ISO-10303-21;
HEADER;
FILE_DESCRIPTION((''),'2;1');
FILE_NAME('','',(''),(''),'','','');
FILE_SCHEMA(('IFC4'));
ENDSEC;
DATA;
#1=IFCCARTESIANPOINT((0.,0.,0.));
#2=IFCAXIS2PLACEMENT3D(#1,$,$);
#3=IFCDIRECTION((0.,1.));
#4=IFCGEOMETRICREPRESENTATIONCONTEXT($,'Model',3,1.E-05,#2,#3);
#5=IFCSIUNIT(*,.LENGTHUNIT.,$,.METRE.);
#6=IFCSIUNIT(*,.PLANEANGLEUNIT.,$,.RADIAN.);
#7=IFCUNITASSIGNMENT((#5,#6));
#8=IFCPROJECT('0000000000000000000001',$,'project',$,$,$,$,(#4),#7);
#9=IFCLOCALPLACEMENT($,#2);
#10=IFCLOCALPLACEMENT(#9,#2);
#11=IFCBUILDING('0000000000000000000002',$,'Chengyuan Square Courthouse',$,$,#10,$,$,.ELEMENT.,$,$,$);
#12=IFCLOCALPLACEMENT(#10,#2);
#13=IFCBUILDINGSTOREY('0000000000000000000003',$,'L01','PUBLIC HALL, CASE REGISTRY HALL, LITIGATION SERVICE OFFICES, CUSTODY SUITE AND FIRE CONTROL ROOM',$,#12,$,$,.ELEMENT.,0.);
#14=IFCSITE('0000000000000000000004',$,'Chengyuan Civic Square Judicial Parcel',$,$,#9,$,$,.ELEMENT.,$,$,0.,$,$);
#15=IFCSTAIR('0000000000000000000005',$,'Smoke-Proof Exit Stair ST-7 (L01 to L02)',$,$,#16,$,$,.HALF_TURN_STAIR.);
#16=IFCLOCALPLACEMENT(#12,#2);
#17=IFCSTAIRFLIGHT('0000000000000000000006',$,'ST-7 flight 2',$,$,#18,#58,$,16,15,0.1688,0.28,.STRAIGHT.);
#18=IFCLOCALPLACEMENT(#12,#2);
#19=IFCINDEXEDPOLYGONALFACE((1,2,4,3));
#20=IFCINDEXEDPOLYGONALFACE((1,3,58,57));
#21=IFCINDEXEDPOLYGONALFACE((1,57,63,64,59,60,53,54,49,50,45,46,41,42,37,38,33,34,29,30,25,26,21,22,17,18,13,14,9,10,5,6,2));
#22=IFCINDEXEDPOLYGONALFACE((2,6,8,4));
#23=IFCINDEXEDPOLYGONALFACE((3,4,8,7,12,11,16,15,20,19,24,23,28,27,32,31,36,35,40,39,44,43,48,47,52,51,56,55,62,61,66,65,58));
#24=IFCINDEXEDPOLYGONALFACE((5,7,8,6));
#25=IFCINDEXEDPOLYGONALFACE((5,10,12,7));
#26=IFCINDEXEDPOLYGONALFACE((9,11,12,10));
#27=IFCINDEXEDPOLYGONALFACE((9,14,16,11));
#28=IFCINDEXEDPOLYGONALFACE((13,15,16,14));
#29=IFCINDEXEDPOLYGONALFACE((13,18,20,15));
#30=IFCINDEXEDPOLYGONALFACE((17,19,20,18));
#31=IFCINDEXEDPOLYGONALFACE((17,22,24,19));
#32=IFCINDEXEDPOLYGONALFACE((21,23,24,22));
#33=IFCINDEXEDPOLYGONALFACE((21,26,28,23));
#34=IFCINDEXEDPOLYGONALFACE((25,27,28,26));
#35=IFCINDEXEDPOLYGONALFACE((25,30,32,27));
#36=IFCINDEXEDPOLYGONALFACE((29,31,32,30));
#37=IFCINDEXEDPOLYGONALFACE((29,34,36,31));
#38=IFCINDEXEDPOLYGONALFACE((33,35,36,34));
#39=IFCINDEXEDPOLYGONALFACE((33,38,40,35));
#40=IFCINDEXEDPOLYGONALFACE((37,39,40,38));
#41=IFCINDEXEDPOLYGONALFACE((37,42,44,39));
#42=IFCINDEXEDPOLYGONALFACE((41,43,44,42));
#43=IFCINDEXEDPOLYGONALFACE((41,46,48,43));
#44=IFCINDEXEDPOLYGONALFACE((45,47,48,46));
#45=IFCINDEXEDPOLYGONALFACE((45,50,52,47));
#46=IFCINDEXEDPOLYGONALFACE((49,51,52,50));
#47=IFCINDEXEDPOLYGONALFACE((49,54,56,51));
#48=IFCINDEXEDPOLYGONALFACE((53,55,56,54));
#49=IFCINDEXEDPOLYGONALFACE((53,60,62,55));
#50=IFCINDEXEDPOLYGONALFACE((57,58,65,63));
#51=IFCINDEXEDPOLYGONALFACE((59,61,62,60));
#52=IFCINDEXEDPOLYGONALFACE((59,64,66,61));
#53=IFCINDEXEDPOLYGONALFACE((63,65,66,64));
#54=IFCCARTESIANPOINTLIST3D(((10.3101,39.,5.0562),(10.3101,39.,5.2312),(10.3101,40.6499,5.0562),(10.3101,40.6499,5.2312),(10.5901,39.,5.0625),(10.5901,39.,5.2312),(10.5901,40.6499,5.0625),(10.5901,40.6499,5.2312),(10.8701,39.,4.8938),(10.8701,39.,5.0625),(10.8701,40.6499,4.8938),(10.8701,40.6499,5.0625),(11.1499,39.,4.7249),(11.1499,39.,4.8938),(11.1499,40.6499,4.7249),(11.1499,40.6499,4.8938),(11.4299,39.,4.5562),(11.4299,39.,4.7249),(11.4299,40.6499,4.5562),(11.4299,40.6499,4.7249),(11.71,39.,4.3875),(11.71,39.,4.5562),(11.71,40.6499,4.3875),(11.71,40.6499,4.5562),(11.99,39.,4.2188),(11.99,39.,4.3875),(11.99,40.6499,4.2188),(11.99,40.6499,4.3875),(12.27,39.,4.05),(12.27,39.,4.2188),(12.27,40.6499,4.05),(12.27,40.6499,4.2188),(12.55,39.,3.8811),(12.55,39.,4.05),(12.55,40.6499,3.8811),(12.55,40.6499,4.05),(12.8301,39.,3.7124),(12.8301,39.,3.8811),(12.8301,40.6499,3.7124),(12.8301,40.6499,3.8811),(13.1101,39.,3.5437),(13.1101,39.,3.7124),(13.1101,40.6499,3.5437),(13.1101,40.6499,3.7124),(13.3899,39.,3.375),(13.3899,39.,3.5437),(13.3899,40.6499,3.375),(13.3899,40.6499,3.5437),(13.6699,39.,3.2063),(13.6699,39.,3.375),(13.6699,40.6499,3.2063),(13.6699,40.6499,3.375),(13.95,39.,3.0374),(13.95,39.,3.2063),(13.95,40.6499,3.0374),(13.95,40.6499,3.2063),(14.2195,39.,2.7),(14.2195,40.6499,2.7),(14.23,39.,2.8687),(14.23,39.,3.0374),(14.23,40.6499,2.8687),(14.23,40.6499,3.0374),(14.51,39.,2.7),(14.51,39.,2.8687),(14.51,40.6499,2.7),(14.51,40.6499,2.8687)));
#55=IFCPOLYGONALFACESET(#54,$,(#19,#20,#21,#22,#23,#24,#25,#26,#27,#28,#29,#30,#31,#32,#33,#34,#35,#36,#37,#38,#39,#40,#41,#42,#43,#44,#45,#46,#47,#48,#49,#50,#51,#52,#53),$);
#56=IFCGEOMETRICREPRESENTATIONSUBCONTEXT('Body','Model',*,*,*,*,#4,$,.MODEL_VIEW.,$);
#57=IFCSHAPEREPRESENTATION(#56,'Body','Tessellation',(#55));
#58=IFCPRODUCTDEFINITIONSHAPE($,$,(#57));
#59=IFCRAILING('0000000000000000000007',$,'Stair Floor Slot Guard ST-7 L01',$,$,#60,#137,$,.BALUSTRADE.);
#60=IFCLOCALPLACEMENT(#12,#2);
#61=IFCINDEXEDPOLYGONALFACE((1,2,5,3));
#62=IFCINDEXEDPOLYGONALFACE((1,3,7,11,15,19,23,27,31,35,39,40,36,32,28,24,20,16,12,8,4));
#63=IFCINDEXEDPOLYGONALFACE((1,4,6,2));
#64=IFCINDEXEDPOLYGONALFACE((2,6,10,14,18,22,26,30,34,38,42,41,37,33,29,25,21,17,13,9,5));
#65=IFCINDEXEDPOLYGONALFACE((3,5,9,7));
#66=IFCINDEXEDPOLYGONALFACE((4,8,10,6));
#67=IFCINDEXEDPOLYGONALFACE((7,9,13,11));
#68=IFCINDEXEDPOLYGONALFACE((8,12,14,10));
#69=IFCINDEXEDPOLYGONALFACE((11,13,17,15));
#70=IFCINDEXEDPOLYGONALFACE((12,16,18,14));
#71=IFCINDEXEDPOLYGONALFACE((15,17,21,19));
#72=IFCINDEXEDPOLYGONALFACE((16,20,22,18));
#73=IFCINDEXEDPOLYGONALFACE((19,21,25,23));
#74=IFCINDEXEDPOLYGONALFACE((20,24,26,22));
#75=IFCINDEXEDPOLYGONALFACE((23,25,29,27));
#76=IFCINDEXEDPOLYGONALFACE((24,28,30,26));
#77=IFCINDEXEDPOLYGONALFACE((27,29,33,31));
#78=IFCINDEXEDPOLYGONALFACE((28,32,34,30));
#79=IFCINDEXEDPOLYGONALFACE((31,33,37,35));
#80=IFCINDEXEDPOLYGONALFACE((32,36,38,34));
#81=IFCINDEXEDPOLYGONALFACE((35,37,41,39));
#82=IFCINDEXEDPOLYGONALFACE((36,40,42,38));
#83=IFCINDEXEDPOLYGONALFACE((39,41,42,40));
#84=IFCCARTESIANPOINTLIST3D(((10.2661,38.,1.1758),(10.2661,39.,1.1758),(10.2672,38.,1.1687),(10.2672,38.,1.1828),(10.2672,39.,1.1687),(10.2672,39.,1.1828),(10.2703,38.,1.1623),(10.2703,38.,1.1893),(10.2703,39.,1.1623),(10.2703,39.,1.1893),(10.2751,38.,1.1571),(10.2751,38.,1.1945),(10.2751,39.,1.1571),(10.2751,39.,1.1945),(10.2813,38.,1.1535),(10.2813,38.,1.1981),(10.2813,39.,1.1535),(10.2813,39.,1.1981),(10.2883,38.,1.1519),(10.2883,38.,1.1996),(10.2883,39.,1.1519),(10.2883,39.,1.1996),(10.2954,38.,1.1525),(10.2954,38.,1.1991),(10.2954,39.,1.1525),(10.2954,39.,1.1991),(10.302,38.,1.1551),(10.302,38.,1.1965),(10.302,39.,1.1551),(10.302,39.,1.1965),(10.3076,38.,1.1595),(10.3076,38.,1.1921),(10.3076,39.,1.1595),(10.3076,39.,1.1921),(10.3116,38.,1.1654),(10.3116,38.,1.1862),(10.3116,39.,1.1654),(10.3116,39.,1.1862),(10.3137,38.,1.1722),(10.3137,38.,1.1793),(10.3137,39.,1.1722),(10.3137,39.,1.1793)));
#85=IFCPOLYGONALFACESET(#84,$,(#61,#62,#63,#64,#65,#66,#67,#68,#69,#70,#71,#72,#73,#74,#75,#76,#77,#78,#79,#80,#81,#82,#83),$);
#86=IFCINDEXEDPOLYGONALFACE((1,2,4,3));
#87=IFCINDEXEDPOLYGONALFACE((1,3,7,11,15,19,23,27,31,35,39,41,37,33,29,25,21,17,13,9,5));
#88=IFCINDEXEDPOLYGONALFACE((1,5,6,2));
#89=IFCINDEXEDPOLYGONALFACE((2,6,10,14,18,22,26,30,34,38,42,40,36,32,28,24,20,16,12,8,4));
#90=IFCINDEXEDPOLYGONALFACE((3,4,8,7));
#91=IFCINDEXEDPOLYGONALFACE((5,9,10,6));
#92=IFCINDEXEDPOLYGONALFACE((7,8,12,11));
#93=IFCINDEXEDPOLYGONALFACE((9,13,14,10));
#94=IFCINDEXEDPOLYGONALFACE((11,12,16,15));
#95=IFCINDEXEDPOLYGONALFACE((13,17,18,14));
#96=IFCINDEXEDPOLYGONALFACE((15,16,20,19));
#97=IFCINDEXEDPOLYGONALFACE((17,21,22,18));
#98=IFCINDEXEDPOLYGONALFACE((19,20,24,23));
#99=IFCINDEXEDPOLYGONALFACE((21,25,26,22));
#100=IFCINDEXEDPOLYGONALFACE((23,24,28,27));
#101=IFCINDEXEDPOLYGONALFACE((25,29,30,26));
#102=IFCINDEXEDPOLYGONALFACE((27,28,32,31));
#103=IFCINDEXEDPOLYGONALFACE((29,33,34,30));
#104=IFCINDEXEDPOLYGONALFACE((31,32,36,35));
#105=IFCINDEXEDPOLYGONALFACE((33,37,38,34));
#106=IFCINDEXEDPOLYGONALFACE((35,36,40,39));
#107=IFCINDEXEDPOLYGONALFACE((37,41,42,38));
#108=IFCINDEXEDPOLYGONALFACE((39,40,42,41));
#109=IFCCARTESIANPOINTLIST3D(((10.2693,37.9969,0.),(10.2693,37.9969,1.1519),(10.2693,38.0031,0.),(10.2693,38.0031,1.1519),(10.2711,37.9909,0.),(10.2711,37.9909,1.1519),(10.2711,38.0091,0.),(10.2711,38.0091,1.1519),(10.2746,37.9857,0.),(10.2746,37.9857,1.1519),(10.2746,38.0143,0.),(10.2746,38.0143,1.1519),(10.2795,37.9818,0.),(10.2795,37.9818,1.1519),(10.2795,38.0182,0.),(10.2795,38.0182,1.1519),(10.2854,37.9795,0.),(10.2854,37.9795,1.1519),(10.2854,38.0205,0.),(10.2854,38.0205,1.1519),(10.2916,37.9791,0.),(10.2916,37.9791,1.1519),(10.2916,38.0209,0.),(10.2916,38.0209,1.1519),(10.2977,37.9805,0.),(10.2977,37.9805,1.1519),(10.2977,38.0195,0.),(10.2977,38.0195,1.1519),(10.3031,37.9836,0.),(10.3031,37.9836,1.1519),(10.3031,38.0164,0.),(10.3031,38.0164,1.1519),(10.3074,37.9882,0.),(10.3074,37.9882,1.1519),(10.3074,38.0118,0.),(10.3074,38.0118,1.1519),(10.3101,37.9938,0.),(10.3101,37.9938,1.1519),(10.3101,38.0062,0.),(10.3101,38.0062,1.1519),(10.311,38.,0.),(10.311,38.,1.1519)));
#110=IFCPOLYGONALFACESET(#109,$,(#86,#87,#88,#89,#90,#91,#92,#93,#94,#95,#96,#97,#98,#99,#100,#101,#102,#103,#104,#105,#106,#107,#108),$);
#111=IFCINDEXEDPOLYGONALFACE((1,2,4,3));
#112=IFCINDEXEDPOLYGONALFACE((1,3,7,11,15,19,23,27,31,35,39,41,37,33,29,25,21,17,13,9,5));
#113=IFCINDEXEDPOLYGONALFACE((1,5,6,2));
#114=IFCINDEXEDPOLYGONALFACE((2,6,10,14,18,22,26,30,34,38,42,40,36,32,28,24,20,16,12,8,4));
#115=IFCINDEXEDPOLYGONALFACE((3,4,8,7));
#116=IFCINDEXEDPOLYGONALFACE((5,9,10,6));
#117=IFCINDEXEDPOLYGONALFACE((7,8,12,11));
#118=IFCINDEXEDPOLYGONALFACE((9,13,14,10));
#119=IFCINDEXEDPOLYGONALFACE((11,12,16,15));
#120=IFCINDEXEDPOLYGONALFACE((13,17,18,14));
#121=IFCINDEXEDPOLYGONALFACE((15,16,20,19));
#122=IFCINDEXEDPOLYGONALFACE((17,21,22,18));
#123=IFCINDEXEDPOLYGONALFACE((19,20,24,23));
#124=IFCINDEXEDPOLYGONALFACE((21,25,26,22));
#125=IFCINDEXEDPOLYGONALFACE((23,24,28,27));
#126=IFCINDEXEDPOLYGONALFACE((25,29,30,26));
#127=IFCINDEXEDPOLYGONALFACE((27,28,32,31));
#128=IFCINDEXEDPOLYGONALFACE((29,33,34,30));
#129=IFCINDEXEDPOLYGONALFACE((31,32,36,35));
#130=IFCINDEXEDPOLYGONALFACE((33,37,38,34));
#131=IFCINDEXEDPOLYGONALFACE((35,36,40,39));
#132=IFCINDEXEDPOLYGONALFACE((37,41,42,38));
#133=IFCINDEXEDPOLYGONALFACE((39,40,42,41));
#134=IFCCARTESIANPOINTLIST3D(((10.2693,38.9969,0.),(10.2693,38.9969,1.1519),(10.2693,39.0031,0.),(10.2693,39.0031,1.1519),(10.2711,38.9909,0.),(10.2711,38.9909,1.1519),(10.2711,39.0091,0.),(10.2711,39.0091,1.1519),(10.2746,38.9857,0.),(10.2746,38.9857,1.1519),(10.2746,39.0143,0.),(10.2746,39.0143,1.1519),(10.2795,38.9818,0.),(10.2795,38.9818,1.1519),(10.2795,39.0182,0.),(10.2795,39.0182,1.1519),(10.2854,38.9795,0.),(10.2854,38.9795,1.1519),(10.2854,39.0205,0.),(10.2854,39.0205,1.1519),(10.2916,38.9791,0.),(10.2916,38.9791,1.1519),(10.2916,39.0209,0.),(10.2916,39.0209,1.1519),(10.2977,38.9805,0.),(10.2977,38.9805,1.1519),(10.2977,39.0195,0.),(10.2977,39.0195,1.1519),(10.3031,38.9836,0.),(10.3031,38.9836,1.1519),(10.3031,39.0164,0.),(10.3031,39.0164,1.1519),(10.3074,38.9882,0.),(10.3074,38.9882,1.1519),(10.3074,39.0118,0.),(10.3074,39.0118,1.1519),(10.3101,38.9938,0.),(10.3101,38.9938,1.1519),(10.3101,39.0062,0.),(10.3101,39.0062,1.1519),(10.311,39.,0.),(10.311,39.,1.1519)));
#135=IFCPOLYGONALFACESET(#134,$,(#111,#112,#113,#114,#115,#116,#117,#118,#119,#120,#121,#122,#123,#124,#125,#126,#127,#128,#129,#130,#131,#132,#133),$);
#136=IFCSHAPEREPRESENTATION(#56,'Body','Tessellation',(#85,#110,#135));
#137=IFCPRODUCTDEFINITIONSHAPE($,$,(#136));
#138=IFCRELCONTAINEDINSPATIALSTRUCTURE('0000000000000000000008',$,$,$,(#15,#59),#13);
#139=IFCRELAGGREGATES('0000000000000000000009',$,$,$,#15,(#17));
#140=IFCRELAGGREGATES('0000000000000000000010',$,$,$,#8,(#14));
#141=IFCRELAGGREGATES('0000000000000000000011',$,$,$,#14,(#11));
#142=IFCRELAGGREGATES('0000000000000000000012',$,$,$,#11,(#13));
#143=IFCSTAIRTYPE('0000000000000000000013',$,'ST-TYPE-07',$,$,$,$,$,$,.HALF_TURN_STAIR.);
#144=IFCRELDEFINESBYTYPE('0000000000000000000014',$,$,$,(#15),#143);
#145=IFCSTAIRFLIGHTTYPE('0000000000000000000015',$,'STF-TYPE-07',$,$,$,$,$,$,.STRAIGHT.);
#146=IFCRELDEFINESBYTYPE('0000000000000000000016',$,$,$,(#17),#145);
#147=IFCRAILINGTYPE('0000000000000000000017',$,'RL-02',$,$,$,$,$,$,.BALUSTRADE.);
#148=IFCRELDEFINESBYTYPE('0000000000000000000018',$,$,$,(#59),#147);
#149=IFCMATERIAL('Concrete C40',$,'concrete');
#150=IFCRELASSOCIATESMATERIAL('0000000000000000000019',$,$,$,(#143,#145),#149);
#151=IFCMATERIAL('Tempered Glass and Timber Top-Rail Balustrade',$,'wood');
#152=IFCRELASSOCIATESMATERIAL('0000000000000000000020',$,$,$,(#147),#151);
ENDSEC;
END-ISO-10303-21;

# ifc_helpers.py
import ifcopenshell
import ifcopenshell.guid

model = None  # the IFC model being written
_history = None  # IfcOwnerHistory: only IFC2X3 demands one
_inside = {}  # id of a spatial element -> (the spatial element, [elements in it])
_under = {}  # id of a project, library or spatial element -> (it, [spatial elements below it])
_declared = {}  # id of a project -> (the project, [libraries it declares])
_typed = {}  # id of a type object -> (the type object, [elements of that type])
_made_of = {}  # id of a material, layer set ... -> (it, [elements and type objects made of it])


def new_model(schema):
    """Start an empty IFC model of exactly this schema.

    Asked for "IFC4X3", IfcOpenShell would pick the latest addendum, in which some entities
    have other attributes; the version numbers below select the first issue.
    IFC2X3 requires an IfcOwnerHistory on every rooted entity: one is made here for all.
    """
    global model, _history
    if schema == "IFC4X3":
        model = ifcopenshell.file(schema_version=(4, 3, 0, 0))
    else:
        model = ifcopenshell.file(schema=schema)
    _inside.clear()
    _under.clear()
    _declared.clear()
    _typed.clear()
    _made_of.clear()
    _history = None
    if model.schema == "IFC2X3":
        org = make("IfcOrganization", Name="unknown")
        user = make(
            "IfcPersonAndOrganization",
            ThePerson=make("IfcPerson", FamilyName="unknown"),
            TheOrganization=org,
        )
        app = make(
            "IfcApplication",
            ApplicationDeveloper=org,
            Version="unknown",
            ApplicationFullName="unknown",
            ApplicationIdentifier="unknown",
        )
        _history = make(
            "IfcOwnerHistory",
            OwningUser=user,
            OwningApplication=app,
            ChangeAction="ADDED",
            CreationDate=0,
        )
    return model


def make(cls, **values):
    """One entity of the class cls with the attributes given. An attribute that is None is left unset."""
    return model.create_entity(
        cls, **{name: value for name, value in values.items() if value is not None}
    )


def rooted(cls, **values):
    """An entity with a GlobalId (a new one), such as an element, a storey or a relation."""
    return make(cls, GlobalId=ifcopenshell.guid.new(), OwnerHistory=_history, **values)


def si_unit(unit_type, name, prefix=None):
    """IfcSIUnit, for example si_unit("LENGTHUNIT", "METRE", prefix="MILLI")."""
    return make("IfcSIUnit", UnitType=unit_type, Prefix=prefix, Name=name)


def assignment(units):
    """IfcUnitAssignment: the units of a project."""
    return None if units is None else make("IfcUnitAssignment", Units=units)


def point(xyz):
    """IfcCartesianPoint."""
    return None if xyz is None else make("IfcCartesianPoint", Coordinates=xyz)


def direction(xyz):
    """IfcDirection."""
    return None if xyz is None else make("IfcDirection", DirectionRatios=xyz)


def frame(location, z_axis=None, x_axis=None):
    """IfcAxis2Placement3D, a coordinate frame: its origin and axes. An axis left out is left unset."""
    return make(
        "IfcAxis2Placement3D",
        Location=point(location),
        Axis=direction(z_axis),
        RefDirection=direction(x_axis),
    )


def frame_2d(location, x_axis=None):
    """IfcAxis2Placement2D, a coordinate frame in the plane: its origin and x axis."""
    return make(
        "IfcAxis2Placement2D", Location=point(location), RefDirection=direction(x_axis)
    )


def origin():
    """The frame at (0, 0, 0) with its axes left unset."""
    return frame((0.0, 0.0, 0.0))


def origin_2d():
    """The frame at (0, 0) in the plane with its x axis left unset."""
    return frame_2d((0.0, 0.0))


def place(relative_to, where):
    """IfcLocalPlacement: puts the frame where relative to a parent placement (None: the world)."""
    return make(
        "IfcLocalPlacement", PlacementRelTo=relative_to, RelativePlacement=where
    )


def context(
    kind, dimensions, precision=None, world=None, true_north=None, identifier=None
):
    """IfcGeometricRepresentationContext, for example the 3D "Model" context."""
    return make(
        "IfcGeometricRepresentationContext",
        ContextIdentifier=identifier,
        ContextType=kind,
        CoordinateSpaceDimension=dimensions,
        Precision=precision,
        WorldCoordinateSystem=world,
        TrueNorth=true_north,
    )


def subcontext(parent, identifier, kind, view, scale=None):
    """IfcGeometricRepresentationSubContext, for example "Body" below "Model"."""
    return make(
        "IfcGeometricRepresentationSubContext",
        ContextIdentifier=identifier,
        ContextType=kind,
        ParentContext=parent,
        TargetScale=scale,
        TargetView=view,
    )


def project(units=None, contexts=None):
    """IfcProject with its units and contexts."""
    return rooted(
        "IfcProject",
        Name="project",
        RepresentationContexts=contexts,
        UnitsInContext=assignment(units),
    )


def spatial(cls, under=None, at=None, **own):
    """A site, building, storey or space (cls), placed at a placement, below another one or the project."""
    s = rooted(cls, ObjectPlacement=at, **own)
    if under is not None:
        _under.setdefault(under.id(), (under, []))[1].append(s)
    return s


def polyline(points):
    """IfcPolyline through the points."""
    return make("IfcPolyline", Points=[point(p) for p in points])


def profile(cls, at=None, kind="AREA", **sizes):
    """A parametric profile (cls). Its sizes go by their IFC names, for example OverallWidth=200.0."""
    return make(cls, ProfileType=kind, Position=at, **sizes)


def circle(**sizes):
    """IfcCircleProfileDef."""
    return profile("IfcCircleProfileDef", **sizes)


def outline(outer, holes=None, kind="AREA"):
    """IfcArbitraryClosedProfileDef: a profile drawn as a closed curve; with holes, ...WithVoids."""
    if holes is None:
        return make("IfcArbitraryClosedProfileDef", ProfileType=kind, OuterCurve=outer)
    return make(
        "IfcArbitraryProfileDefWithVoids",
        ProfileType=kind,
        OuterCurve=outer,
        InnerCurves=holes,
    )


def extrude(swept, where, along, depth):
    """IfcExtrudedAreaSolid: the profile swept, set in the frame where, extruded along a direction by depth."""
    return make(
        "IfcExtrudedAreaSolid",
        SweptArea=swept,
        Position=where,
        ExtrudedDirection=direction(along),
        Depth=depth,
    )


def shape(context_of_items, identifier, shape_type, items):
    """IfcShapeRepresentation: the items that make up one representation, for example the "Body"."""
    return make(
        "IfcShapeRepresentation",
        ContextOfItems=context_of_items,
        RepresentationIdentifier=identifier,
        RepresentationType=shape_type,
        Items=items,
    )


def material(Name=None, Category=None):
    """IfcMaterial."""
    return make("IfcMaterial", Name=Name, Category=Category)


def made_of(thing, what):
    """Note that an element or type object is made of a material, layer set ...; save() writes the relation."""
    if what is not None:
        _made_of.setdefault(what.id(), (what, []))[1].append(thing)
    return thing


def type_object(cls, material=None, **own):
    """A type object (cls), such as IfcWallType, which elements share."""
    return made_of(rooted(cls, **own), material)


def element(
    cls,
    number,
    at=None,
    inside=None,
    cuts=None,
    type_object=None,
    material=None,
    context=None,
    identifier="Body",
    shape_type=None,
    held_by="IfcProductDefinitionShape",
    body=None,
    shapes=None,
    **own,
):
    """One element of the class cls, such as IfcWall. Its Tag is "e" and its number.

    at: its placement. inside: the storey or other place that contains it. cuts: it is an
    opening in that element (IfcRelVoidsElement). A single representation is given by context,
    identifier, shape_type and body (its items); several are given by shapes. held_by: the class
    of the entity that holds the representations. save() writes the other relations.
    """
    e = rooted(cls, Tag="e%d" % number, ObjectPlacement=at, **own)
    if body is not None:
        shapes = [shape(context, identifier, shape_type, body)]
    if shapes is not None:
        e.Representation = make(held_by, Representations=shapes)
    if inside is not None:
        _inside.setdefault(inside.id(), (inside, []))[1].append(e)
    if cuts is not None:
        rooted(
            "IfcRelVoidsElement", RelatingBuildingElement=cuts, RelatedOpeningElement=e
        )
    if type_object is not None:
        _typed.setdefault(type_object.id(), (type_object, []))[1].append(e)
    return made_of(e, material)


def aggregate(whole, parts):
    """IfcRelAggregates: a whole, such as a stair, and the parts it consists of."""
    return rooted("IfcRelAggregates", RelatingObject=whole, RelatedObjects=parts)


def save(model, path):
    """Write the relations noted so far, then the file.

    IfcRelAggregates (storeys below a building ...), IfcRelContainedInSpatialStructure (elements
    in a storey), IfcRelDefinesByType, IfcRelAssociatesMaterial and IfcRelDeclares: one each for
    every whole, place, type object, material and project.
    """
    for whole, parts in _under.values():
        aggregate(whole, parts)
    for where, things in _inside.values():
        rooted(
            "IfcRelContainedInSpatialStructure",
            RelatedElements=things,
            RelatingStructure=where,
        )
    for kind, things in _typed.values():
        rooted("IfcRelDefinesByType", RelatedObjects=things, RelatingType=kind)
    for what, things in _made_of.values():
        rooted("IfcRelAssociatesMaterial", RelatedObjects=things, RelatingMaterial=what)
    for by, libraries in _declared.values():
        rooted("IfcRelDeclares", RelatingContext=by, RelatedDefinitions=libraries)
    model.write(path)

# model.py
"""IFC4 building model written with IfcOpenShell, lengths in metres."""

from ifc_helpers import new_model, si_unit, direction, frame, origin, origin_2d, place, context, subcontext, project, spatial, polyline, circle, outline, extrude, material, type_object, element, aggregate, save


model = new_model("IFC4")

# Units and contexts
model_context = context("Model", 3, precision=1e-05, world=origin(), true_north=direction((0.0, 1.0)))
body_context = subcontext(model_context, "Body", "Model", "MODEL_VIEW")
ifc_project = project(units=[si_unit("LENGTHUNIT", "METRE"), si_unit("PLANEANGLEUNIT", "RADIAN")], contexts=[model_context])

# Site, building, storey
site_placement = place(None, origin())
site = spatial("IfcSite", under=ifc_project, at=site_placement, Name="Chengyuan Civic Square Judicial Parcel", CompositionType="ELEMENT", RefElevation=0.0)
building_placement = place(site_placement, origin())
building = spatial("IfcBuilding", under=site, at=building_placement, Name="Chengyuan Square Courthouse", CompositionType="ELEMENT")
storey_placement = place(building_placement, origin())
storey = spatial("IfcBuildingStorey", under=building, at=storey_placement, Name="L01", Description="PUBLIC HALL, CASE REGISTRY HALL, LITIGATION SERVICE OFFICES, CUSTODY SUITE AND FIRE CONTROL ROOM", CompositionType="ELEMENT", Elevation=0.0)

# Shared definitions
ifc_material_1 = material(Name="Concrete C40", Category="concrete")

# Stair, stair flight
stair_type = type_object("IfcStairType", Name="ST-TYPE-07", PredefinedType="HALF_TURN_STAIR", material=ifc_material_1)
stair_placement = place(storey_placement, origin())
stair = element("IfcStair", 1, at=stair_placement, inside=storey, type_object=stair_type, Name="Smoke-Proof Exit Stair ST-7 (L01 to L02)", PredefinedType="HALF_TURN_STAIR")
stair_flight_type = type_object("IfcStairFlightType", Name="STF-TYPE-07", PredefinedType="STRAIGHT", material=ifc_material_1)
stair_flight_1_placement = place(storey_placement, frame((14.51, 39.825, 2.7), z_axis=(0.0, 0.0, 1.0), x_axis=(-1.0, 0.0, 0.0)))
stair_flight_1 = element("IfcStairFlight", 2, at=stair_flight_1_placement, type_object=stair_flight_type, Name="ST-7 flight 2", NumberOfRisers=16, NumberOfTreads=15, PredefinedType="STRAIGHT", RiserHeight=0.1688, TreadLength=0.28, context=body_context, shape_type="SweptSolid", body=[
    extrude(outline(polyline([(0.0, 0.0), (0.0, 0.1687), (0.28, 0.1687), (0.28, 0.3374), (0.5601, 0.3374), (0.5601, 0.5063), (0.8401, 0.5063), (0.8401, 0.675), (1.1201, 0.675), (1.1201, 0.8438), (1.3999, 0.8438), (1.3999, 1.0125), (1.6799, 1.0125), (1.6799, 1.1812), (1.96, 1.1812), (1.96, 1.3501), (2.24, 1.3501), (2.24, 1.5188), (2.52, 1.5188), (2.52, 1.6875), (2.8, 1.6875), (2.8, 1.8562), (3.0801, 1.8562), (3.0801, 2.0249), (3.3601, 2.0249), (3.3601, 2.1938), (3.6399, 2.1938), (3.6399, 2.3625), (3.9199, 2.3625), (3.9199, 2.5312), (4.2, 2.5312), (4.2, 2.7), (4.2, 2.3562), (0.2905, 0.0), (0.0, 0.0)])), frame((0.0, 0.825, 0.0), z_axis=(0.0, -1.0, 0.0), x_axis=(1.0, 0.0, 0.0)), (0.0, 0.0, 1.0), 1.6499),
])
aggregate(stair, [stair_flight_1])

# Railing
ifc_material_2 = material(Name="Tempered Glass and Timber Top-Rail Balustrade", Category="wood")
railing_type_1 = type_object("IfcRailingType", Name="RL-02", PredefinedType="BALUSTRADE", material=ifc_material_2)
for number, where, name in (
    (3, (10.29, 38.0, 0.0), "Stair Floor Slot Guard ST-7 L01"),
):
    element("IfcRailing", number, at=place(storey_placement, frame(where)), inside=storey, type_object=railing_type_1, Name=name, PredefinedType="BALUSTRADE", context=body_context, shape_type="SweptSolid", body=[
        extrude(circle(Radius=0.0239, at=origin_2d()), frame((0.0, 0.0, 1.1758), z_axis=(0.0, 1.0, 0.0), x_axis=(-1.0, 0.0, 0.0)), (0.0, 0.0, 1.0), 1.0),
        extrude(circle(Radius=0.021, at=origin_2d()), origin(), (0.0, 0.0, 1.0), 1.1519),
        extrude(circle(Radius=0.021, at=origin_2d()), frame((0.0, 1.0, 0.0)), (0.0, 0.0, 1.0), 1.1519),
    ])

save(model, "model.ifc")
